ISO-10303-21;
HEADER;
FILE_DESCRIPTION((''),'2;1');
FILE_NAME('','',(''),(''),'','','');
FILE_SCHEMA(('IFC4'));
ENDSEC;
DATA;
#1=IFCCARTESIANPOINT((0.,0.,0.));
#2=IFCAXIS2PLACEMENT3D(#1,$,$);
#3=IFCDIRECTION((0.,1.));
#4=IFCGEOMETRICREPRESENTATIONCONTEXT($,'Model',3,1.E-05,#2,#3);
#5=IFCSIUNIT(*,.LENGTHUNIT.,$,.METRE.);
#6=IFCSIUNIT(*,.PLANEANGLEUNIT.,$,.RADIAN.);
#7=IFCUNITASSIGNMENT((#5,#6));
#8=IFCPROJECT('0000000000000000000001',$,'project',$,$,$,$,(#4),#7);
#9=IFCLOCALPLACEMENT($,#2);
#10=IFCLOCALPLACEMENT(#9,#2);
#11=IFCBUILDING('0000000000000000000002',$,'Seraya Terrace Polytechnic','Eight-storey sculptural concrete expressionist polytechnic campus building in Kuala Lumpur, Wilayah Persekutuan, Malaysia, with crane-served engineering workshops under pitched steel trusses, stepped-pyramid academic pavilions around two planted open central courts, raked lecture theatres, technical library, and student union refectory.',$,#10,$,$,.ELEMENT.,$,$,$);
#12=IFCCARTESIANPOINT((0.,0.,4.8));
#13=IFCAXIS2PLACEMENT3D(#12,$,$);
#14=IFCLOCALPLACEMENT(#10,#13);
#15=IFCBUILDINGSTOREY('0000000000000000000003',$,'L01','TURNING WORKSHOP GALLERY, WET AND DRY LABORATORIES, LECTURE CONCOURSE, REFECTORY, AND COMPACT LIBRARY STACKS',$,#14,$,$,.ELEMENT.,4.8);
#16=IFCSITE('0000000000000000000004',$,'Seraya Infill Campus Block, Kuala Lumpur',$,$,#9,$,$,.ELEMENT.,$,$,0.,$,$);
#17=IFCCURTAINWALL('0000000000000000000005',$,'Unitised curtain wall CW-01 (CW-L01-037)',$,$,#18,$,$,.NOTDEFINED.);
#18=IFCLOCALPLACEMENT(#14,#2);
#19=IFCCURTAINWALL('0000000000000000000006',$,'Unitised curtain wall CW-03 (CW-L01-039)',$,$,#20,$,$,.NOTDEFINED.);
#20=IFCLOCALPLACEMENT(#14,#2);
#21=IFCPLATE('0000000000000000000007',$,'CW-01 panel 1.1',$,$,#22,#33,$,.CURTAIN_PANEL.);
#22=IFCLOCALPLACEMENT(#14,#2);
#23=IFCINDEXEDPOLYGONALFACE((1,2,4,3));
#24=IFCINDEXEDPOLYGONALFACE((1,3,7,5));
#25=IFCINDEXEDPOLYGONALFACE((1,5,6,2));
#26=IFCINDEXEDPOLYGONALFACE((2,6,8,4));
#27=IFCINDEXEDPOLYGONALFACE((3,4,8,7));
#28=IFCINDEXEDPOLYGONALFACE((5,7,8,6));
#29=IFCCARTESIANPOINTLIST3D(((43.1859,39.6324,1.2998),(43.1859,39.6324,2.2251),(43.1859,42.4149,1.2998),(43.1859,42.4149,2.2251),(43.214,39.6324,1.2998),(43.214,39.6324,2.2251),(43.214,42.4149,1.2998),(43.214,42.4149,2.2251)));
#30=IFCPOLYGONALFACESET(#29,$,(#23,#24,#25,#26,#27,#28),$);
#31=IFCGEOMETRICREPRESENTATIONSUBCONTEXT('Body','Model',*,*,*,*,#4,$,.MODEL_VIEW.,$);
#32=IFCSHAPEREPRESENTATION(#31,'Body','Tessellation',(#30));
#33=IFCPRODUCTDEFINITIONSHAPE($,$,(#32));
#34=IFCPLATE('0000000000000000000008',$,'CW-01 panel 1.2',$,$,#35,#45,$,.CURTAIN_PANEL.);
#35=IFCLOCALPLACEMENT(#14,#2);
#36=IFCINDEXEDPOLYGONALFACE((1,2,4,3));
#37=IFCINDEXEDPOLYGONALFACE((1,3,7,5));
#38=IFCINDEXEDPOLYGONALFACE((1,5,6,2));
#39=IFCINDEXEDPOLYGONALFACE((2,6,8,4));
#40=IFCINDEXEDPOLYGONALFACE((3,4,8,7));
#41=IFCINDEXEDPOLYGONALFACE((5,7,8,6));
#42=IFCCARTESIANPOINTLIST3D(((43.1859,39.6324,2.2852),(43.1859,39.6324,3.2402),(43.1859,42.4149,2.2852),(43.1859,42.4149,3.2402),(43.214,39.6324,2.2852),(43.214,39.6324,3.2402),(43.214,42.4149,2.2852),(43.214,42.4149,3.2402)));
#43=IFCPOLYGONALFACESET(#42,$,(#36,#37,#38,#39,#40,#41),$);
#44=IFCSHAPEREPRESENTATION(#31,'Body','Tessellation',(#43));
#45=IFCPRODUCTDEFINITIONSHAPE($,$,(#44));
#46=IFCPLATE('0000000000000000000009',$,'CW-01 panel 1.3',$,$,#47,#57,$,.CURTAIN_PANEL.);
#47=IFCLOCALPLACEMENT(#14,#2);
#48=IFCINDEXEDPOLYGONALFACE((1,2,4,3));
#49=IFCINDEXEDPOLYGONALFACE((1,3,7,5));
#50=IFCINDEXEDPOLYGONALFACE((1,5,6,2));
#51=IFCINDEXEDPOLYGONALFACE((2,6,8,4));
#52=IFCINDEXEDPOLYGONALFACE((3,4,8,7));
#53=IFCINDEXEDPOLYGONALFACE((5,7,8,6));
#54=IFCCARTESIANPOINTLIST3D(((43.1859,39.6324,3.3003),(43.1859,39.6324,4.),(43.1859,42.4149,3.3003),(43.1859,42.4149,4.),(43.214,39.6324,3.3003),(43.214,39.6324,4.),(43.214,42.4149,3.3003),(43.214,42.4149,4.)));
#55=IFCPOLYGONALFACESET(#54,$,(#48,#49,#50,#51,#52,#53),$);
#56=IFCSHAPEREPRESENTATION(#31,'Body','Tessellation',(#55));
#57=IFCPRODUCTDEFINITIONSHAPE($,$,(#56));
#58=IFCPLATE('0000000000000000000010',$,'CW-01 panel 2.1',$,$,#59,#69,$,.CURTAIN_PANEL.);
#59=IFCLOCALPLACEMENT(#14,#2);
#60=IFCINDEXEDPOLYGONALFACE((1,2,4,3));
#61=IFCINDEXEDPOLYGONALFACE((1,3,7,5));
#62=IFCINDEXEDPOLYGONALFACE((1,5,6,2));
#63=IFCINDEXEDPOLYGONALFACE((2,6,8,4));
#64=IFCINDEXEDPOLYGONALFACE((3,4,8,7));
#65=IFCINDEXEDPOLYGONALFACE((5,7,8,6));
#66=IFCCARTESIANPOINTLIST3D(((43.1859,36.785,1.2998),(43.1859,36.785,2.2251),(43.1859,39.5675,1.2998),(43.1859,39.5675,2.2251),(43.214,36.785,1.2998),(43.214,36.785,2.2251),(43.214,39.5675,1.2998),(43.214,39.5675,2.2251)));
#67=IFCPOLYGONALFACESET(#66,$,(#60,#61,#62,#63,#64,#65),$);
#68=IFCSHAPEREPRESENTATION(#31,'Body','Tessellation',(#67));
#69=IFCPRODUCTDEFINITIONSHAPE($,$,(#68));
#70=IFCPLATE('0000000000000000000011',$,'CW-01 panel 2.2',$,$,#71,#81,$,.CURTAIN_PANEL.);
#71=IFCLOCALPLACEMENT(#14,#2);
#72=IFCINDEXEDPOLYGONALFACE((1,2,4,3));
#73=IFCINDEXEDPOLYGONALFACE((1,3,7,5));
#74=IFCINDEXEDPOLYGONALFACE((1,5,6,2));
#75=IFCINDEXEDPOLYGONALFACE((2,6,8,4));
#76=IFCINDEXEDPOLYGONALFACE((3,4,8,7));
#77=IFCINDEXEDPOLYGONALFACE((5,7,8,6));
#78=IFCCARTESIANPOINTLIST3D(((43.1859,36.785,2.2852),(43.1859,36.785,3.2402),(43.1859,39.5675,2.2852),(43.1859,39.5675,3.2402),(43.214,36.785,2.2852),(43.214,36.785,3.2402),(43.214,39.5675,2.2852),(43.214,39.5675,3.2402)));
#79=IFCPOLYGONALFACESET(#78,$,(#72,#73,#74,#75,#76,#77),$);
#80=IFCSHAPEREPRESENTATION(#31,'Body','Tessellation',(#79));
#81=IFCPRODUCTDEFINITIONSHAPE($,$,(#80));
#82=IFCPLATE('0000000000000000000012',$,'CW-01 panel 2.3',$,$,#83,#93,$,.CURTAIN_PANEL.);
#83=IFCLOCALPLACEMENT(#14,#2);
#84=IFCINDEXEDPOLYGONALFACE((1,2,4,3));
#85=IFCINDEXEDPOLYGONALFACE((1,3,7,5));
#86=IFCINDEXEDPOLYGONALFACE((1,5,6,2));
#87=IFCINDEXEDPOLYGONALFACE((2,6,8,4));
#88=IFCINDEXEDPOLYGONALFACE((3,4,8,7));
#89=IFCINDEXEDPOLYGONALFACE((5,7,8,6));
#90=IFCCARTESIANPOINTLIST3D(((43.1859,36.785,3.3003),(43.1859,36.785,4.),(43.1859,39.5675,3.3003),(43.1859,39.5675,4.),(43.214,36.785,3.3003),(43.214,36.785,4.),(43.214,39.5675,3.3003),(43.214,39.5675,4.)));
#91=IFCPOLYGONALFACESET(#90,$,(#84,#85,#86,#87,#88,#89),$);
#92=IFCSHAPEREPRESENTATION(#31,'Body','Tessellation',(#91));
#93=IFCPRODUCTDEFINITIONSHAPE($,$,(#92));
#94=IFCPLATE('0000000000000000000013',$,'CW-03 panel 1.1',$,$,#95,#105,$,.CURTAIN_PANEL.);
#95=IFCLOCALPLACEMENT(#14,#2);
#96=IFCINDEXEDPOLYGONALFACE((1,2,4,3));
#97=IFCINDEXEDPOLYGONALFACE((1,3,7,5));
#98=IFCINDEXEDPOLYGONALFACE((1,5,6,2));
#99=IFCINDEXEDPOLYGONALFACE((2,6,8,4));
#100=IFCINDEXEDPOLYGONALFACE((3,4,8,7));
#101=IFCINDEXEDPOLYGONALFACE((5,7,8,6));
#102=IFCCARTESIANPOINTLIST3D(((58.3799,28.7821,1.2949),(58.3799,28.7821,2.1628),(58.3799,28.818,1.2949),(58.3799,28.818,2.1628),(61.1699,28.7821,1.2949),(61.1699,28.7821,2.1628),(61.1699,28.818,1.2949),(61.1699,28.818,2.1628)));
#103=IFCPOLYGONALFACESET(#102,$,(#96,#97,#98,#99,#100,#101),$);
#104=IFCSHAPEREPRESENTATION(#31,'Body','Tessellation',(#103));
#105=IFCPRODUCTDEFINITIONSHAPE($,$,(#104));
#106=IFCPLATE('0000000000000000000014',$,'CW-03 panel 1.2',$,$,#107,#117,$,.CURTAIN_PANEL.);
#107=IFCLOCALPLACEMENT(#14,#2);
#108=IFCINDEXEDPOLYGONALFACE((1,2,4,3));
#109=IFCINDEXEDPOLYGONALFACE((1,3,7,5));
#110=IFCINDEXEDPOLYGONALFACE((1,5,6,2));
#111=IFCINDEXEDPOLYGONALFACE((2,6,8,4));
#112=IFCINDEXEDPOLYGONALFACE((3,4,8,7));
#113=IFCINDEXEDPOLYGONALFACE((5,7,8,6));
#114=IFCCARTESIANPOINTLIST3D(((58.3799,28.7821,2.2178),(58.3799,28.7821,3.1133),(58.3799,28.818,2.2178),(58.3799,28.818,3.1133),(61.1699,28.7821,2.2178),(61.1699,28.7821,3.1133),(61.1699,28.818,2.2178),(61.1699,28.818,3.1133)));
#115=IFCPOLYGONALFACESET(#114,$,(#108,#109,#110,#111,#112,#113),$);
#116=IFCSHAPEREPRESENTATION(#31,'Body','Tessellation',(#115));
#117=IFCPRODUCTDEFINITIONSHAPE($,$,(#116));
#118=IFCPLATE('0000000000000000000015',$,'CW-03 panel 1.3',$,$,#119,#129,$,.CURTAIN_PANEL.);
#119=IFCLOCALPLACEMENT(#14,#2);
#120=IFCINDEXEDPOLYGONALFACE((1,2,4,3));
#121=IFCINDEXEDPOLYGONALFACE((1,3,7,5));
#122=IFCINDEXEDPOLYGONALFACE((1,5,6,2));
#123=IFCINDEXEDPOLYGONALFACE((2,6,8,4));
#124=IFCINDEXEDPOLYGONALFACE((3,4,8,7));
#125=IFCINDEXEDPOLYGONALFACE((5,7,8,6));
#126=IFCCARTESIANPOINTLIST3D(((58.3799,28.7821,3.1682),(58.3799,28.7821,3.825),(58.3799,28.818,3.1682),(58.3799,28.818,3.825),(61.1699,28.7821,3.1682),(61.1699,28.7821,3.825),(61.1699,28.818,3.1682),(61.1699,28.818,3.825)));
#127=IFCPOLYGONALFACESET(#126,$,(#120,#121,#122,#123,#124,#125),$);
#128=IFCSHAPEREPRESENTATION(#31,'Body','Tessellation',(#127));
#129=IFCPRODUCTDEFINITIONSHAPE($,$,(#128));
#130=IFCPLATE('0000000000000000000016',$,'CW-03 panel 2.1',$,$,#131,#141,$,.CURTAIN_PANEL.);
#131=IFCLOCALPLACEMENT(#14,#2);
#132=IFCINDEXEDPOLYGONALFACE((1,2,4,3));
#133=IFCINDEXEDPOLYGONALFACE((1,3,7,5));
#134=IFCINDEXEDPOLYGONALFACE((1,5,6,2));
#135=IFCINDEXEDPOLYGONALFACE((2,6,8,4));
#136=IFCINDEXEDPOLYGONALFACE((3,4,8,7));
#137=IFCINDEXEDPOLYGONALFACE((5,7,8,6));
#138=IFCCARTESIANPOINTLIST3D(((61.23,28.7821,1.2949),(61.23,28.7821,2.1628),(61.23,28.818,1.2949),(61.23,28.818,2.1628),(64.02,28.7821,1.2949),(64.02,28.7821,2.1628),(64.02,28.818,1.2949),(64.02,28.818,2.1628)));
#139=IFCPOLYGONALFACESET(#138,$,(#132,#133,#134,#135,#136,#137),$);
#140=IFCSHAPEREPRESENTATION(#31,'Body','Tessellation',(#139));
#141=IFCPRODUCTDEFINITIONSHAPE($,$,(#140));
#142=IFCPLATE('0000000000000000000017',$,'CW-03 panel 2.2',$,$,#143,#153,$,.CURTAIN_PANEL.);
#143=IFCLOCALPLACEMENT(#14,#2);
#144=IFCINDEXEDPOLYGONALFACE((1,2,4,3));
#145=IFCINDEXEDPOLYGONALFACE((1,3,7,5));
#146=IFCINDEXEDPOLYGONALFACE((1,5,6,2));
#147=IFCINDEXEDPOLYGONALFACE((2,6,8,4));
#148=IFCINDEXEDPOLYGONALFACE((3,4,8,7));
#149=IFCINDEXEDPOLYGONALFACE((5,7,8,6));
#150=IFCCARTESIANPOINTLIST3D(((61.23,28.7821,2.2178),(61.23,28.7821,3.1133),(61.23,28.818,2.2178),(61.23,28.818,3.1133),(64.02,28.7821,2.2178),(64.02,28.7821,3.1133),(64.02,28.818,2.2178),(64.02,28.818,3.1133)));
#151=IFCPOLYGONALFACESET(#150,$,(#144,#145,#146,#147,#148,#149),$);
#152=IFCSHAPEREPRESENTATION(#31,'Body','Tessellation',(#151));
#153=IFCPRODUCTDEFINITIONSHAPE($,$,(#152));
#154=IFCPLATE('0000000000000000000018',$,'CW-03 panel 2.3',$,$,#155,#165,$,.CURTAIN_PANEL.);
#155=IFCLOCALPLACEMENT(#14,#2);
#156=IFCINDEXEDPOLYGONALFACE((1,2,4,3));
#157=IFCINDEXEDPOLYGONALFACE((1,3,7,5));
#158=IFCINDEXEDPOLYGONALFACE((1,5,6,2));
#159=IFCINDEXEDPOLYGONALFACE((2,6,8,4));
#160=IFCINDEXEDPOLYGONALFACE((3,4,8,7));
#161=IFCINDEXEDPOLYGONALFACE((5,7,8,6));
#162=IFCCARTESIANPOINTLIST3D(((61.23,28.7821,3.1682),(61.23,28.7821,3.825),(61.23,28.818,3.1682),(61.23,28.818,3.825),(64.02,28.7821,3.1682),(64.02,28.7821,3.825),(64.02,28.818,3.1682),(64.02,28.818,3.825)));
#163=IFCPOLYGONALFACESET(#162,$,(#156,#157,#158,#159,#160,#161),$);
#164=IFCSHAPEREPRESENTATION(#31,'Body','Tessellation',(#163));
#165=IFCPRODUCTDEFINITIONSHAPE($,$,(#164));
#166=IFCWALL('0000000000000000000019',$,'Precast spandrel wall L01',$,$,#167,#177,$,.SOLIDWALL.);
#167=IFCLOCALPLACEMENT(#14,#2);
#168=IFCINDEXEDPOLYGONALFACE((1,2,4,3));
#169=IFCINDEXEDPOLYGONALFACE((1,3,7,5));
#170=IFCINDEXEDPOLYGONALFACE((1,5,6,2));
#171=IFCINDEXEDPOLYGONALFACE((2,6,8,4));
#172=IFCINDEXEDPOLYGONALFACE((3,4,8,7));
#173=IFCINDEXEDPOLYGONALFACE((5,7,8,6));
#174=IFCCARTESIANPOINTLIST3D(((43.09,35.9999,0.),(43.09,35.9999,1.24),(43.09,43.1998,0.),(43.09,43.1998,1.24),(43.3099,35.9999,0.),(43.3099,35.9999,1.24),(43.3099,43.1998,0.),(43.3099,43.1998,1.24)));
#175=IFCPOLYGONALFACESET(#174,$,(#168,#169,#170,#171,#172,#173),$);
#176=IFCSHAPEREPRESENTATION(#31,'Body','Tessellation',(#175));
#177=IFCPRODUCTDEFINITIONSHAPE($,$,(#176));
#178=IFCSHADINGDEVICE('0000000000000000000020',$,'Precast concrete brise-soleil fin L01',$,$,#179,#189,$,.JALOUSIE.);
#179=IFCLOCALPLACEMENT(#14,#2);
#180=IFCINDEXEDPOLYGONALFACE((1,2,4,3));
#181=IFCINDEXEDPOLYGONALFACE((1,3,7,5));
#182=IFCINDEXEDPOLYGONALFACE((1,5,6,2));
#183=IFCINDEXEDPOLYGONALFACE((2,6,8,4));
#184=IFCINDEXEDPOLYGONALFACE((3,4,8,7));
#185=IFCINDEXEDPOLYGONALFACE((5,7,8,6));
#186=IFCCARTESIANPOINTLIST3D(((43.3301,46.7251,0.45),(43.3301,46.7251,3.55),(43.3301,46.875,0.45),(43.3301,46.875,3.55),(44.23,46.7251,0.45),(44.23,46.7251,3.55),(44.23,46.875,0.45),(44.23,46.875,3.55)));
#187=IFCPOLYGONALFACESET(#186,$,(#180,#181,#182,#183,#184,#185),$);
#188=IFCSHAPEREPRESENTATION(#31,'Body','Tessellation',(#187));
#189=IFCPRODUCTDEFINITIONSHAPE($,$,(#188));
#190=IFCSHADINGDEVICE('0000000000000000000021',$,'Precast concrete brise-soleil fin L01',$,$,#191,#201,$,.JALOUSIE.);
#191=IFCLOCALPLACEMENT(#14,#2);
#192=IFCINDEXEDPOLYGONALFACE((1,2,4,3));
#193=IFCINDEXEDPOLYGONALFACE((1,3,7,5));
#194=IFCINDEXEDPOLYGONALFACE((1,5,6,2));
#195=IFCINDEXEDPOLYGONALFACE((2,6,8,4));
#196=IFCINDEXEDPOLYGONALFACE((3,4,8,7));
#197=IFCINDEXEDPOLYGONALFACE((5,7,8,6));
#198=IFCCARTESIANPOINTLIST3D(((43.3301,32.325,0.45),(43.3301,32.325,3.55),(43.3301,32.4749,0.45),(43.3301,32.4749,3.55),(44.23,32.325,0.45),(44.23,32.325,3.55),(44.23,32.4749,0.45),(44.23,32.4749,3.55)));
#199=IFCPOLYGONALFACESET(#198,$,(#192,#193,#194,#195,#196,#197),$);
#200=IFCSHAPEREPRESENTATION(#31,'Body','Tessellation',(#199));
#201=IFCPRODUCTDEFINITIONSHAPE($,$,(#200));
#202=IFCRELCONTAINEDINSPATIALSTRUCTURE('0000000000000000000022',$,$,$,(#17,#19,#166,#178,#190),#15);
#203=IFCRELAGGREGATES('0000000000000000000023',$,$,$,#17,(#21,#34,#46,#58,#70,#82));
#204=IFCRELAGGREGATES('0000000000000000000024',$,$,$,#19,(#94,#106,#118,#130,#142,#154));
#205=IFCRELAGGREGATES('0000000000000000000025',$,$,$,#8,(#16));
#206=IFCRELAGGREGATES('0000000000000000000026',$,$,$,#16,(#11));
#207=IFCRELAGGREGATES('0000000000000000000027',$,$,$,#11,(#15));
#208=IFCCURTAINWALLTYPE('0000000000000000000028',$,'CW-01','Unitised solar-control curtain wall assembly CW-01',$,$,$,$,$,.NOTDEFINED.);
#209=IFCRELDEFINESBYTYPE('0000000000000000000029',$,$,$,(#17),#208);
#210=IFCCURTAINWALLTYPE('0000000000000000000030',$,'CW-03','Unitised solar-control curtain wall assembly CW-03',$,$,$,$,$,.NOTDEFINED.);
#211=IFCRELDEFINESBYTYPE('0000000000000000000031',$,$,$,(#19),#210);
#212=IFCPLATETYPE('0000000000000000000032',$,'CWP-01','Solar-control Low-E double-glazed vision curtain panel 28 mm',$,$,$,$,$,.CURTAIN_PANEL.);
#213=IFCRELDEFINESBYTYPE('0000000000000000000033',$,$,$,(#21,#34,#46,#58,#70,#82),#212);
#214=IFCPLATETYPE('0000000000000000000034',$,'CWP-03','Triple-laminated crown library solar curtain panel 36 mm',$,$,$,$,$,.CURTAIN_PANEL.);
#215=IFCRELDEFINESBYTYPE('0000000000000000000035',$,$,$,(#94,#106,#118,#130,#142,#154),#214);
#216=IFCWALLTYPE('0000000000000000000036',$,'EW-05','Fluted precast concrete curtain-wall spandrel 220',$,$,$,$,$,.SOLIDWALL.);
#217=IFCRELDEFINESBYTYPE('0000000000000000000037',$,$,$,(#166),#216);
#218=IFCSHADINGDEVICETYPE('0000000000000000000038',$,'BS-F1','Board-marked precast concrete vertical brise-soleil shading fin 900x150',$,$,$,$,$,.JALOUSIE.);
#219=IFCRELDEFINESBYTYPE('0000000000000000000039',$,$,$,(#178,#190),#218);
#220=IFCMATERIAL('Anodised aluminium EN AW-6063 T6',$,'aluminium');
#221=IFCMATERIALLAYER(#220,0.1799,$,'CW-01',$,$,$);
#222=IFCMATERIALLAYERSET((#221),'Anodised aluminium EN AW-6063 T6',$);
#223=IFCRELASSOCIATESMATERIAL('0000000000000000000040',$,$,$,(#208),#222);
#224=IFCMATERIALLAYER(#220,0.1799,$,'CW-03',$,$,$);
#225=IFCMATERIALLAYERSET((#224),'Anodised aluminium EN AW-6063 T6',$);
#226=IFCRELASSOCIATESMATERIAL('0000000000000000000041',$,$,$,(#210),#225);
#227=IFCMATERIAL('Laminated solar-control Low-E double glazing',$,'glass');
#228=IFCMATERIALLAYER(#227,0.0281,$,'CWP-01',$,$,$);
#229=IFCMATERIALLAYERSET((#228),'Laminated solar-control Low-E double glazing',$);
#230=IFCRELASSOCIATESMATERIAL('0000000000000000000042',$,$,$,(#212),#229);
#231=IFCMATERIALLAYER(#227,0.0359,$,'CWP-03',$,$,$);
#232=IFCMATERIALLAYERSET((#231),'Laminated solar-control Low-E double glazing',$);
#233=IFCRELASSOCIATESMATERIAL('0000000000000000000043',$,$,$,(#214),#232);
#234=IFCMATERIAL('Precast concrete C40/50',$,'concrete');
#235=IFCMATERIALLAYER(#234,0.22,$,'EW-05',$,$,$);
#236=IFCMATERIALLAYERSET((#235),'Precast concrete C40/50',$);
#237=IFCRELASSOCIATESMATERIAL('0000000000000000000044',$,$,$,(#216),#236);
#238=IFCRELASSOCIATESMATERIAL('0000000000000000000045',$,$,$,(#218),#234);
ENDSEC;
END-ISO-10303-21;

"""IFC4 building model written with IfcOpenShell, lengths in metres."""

from ifc_helpers import new_model, si_unit, direction, frame, frame_2d, origin, origin_2d, place, context, subcontext, project, spatial, rectangle, extrude, material, layer, layer_set, type_object, element, aggregate, save


model = new_model("IFC4")

# Units and contexts
model_context = context("Model", 3, precision=1e-05, world=origin(), true_north=direction((0.0, 1.0)))
body_context = subcontext(model_context, "Body", "Model", "MODEL_VIEW")
ifc_project = project(units=[si_unit("LENGTHUNIT", "METRE"), si_unit("PLANEANGLEUNIT", "RADIAN")], contexts=[model_context])

# Site, building, storey
site_placement = place(None, origin())
site = spatial("IfcSite", under=ifc_project, at=site_placement, Name="Seraya Infill Campus Block, Kuala Lumpur", CompositionType="ELEMENT", RefElevation=0.0)
building_placement = place(site_placement, origin())
building = spatial("IfcBuilding", under=site, at=building_placement, Name="Seraya Terrace Polytechnic", Description="Eight-storey sculptural concrete expressionist polytechnic campus building in Kuala Lumpur, Wilayah Persekutuan, Malaysia, with crane-served engineering workshops under pitched steel trusses, stepped-pyramid academic pavilions around two planted open central courts, raked lecture theatres, technical library, and student union refectory.", CompositionType="ELEMENT")
storey_placement = place(building_placement, frame((0.0, 0.0, 4.8)))
storey = spatial("IfcBuildingStorey", under=building, at=storey_placement, Name="L01", Description="TURNING WORKSHOP GALLERY, WET AND DRY LABORATORIES, LECTURE CONCOURSE, REFECTORY, AND COMPACT LIBRARY STACKS", CompositionType="ELEMENT", Elevation=4.8)

# Curtain walls
ifc_material_1 = material(Name="Anodised aluminium EN AW-6063 T6", Category="aluminium")
ifc_layer_1 = layer(ifc_material_1, 0.1799, Name="CW-01")
ifc_layer_set_1 = layer_set([ifc_layer_1], Name="Anodised aluminium EN AW-6063 T6")
curtain_wall_type_1 = type_object("IfcCurtainWallType", Name="CW-01", Description="Unitised solar-control curtain wall assembly CW-01", PredefinedType="NOTDEFINED", material=ifc_layer_set_1)
curtain_wall_1_placement = place(storey_placement, origin())
curtain_wall_1 = element("IfcCurtainWall", 1, at=curtain_wall_1_placement, inside=storey, type_object=curtain_wall_type_1, Name="Unitised curtain wall CW-01 (CW-L01-037)", PredefinedType="NOTDEFINED")
ifc_layer_2 = layer(ifc_material_1, 0.1799, Name="CW-03")
ifc_layer_set_2 = layer_set([ifc_layer_2], Name="Anodised aluminium EN AW-6063 T6")
curtain_wall_type_2 = type_object("IfcCurtainWallType", Name="CW-03", Description="Unitised solar-control curtain wall assembly CW-03", PredefinedType="NOTDEFINED", material=ifc_layer_set_2)
curtain_wall_2_placement = place(storey_placement, origin())
curtain_wall_2 = element("IfcCurtainWall", 2, at=curtain_wall_2_placement, inside=storey, type_object=curtain_wall_type_2, Name="Unitised curtain wall CW-03 (CW-L01-039)", PredefinedType="NOTDEFINED")

# Plates
ifc_material_2 = material(Name="Laminated solar-control Low-E double glazing", Category="glass")
ifc_layer_3 = layer(ifc_material_2, 0.0281, Name="CWP-01")
ifc_layer_set_3 = layer_set([ifc_layer_3], Name="Laminated solar-control Low-E double glazing")
plate_type_1 = type_object("IfcPlateType", Name="CWP-01", Description="Solar-control Low-E double-glazed vision curtain panel 28 mm", PredefinedType="CURTAIN_PANEL", material=ifc_layer_set_3)
plate_1_placement = place(storey_placement, frame((43.2, 41.0237, 1.2998), z_axis=(0.0, 0.0, 1.0), x_axis=(0.0, -1.0, 0.0)))
plate_1 = element("IfcPlate", 3, at=plate_1_placement, type_object=plate_type_1, Name="CW-01 panel 1.1", PredefinedType="CURTAIN_PANEL", context=body_context, shape_type="SweptSolid", body=[
    extrude(rectangle(XDim=2.7825, YDim=0.0281, at=origin_2d()), origin(), (0.0, 0.0, 1.0), 0.9253),
])
plate_2_placement = place(storey_placement, frame((43.2, 41.0237, 2.2852), z_axis=(0.0, 0.0, 1.0), x_axis=(0.0, -1.0, 0.0)))
plate_2 = element("IfcPlate", 4, at=plate_2_placement, type_object=plate_type_1, Name="CW-01 panel 1.2", PredefinedType="CURTAIN_PANEL", context=body_context, shape_type="SweptSolid", body=[
    extrude(rectangle(XDim=2.7825, YDim=0.0281, at=origin_2d()), origin(), (0.0, 0.0, 1.0), 0.9551),
])
plate_3_placement = place(storey_placement, frame((43.2, 41.0237, 3.3003), z_axis=(0.0, 0.0, 1.0), x_axis=(0.0, -1.0, 0.0)))
plate_3 = element("IfcPlate", 5, at=plate_3_placement, type_object=plate_type_1, Name="CW-01 panel 1.3", PredefinedType="CURTAIN_PANEL", context=body_context, shape_type="SweptSolid", body=[
    extrude(rectangle(XDim=2.7825, YDim=0.0281, at=origin_2d()), origin(), (0.0, 0.0, 1.0), 0.6997),
])
plate_4_placement = place(storey_placement, frame((43.2, 38.1763, 1.2998), z_axis=(0.0, 0.0, 1.0), x_axis=(0.0, -1.0, 0.0)))
plate_4 = element("IfcPlate", 6, at=plate_4_placement, type_object=plate_type_1, Name="CW-01 panel 2.1", PredefinedType="CURTAIN_PANEL", context=body_context, shape_type="SweptSolid", body=[
    extrude(rectangle(XDim=2.7825, YDim=0.0281, at=origin_2d()), origin(), (0.0, 0.0, 1.0), 0.9253),
])
plate_5_placement = place(storey_placement, frame((43.2, 38.1763, 2.2852), z_axis=(0.0, 0.0, 1.0), x_axis=(0.0, -1.0, 0.0)))
plate_5 = element("IfcPlate", 7, at=plate_5_placement, type_object=plate_type_1, Name="CW-01 panel 2.2", PredefinedType="CURTAIN_PANEL", context=body_context, shape_type="SweptSolid", body=[
    extrude(rectangle(XDim=2.7825, YDim=0.0281, at=origin_2d()), origin(), (0.0, 0.0, 1.0), 0.9551),
])
plate_6_placement = place(storey_placement, frame((43.2, 38.1763, 3.3003), z_axis=(0.0, 0.0, 1.0), x_axis=(0.0, -1.0, 0.0)))
plate_6 = element("IfcPlate", 8, at=plate_6_placement, type_object=plate_type_1, Name="CW-01 panel 2.3", PredefinedType="CURTAIN_PANEL", context=body_context, shape_type="SweptSolid", body=[
    extrude(rectangle(XDim=2.7825, YDim=0.0281, at=origin_2d()), origin(), (0.0, 0.0, 1.0), 0.6997),
])
aggregate(curtain_wall_1, [plate_1, plate_2, plate_3, plate_4, plate_5, plate_6])
ifc_layer_4 = layer(ifc_material_2, 0.0359, Name="CWP-03")
ifc_layer_set_4 = layer_set([ifc_layer_4], Name="Laminated solar-control Low-E double glazing")
plate_type_2 = type_object("IfcPlateType", Name="CWP-03", Description="Triple-laminated crown library solar curtain panel 36 mm", PredefinedType="CURTAIN_PANEL", material=ifc_layer_set_4)
plate_7_placement = place(storey_placement, frame((59.7749, 28.8, 1.2949), z_axis=(0.0, 0.0, 1.0), x_axis=(1.0, 0.0, 0.0)))
plate_7 = element("IfcPlate", 9, at=plate_7_placement, type_object=plate_type_2, Name="CW-03 panel 1.1", PredefinedType="CURTAIN_PANEL", context=body_context, shape_type="SweptSolid", body=[
    extrude(rectangle(XDim=2.79, YDim=0.0359, at=origin_2d()), origin(), (0.0, 0.0, 1.0), 0.8679),
])
plate_8_placement = place(storey_placement, frame((59.7749, 28.8, 2.2178), z_axis=(0.0, 0.0, 1.0), x_axis=(1.0, 0.0, 0.0)))
plate_8 = element("IfcPlate", 10, at=plate_8_placement, type_object=plate_type_2, Name="CW-03 panel 1.2", PredefinedType="CURTAIN_PANEL", context=body_context, shape_type="SweptSolid", body=[
    extrude(rectangle(XDim=2.79, YDim=0.0359, at=origin_2d()), origin(), (0.0, 0.0, 1.0), 0.8955),
])
plate_9_placement = place(storey_placement, frame((59.7749, 28.8, 3.1682), z_axis=(0.0, 0.0, 1.0), x_axis=(1.0, 0.0, 0.0)))
plate_9 = element("IfcPlate", 11, at=plate_9_placement, type_object=plate_type_2, Name="CW-03 panel 1.3", PredefinedType="CURTAIN_PANEL", context=body_context, shape_type="SweptSolid", body=[
    extrude(rectangle(XDim=2.79, YDim=0.0359, at=origin_2d()), origin(), (0.0, 0.0, 1.0), 0.6567),
])
plate_10_placement = place(storey_placement, frame((62.625, 28.8, 1.2949), z_axis=(0.0, 0.0, 1.0), x_axis=(1.0, 0.0, 0.0)))
plate_10 = element("IfcPlate", 12, at=plate_10_placement, type_object=plate_type_2, Name="CW-03 panel 2.1", PredefinedType="CURTAIN_PANEL", context=body_context, shape_type="SweptSolid", body=[
    extrude(rectangle(XDim=2.79, YDim=0.0359, at=origin_2d()), origin(), (0.0, 0.0, 1.0), 0.8679),
])
plate_11_placement = place(storey_placement, frame((62.625, 28.8, 2.2178), z_axis=(0.0, 0.0, 1.0), x_axis=(1.0, 0.0, 0.0)))
plate_11 = element("IfcPlate", 13, at=plate_11_placement, type_object=plate_type_2, Name="CW-03 panel 2.2", PredefinedType="CURTAIN_PANEL", context=body_context, shape_type="SweptSolid", body=[
    extrude(rectangle(XDim=2.79, YDim=0.0359, at=origin_2d()), origin(), (0.0, 0.0, 1.0), 0.8955),
])
plate_12_placement = place(storey_placement, frame((62.625, 28.8, 3.1682), z_axis=(0.0, 0.0, 1.0), x_axis=(1.0, 0.0, 0.0)))
plate_12 = element("IfcPlate", 14, at=plate_12_placement, type_object=plate_type_2, Name="CW-03 panel 2.3", PredefinedType="CURTAIN_PANEL", context=body_context, shape_type="SweptSolid", body=[
    extrude(rectangle(XDim=2.79, YDim=0.0359, at=origin_2d()), origin(), (0.0, 0.0, 1.0), 0.6567),
])
aggregate(curtain_wall_2, [plate_7, plate_8, plate_9, plate_10, plate_11, plate_12])

# Wall
ifc_material_3 = material(Name="Precast concrete C40/50", Category="concrete")
ifc_layer_5 = layer(ifc_material_3, 0.22, Name="EW-05")
ifc_layer_set_5 = layer_set([ifc_layer_5], Name="Precast concrete C40/50")
wall_type = type_object("IfcWallType", Name="EW-05", Description="Fluted precast concrete curtain-wall spandrel 220", PredefinedType="SOLIDWALL", material=ifc_layer_set_5)
wall_placement = place(storey_placement, frame((43.2, 43.2, 0.0), z_axis=(0.0, 0.0, 1.0), x_axis=(0.0, -1.0, 0.0)))
element("IfcWall", 15, at=wall_placement, inside=storey, type_object=wall_type, Name="Precast spandrel wall L01", PredefinedType="SOLIDWALL", context=body_context, shape_type="SweptSolid", body=[
    extrude(rectangle(XDim=7.2, YDim=0.22, at=frame_2d((3.6001, 0.0))), origin(), (0.0, 0.0, 1.0), 1.24),
])

# Shading devices
shading_device_type = type_object("IfcShadingDeviceType", Name="BS-F1", Description="Board-marked precast concrete vertical brise-soleil shading fin 900x150", PredefinedType="JALOUSIE", material=ifc_material_3)
for number, where, z_axis, x_axis, name in (
    (16, (43.78, 46.8, 0.45), (0.0, 0.0, 1.0), (1.0, 0.0, 0.0), "Precast concrete brise-soleil fin L01"),
    (17, (43.78, 32.3999, 0.45), (0.0, 0.0, 1.0), (1.0, 0.0, 0.0), "Precast concrete brise-soleil fin L01"),
):
    element("IfcShadingDevice", number, at=place(storey_placement, frame(where, z_axis=z_axis, x_axis=x_axis)), inside=storey, type_object=shading_device_type, Name=name, PredefinedType="JALOUSIE", context=body_context, shape_type="SweptSolid", body=[
        extrude(rectangle(XDim=0.8999, YDim=0.1499, at=origin_2d()), origin(), (0.0, 0.0, 1.0), 3.1001),
    ])

save(model, "model.ifc")
